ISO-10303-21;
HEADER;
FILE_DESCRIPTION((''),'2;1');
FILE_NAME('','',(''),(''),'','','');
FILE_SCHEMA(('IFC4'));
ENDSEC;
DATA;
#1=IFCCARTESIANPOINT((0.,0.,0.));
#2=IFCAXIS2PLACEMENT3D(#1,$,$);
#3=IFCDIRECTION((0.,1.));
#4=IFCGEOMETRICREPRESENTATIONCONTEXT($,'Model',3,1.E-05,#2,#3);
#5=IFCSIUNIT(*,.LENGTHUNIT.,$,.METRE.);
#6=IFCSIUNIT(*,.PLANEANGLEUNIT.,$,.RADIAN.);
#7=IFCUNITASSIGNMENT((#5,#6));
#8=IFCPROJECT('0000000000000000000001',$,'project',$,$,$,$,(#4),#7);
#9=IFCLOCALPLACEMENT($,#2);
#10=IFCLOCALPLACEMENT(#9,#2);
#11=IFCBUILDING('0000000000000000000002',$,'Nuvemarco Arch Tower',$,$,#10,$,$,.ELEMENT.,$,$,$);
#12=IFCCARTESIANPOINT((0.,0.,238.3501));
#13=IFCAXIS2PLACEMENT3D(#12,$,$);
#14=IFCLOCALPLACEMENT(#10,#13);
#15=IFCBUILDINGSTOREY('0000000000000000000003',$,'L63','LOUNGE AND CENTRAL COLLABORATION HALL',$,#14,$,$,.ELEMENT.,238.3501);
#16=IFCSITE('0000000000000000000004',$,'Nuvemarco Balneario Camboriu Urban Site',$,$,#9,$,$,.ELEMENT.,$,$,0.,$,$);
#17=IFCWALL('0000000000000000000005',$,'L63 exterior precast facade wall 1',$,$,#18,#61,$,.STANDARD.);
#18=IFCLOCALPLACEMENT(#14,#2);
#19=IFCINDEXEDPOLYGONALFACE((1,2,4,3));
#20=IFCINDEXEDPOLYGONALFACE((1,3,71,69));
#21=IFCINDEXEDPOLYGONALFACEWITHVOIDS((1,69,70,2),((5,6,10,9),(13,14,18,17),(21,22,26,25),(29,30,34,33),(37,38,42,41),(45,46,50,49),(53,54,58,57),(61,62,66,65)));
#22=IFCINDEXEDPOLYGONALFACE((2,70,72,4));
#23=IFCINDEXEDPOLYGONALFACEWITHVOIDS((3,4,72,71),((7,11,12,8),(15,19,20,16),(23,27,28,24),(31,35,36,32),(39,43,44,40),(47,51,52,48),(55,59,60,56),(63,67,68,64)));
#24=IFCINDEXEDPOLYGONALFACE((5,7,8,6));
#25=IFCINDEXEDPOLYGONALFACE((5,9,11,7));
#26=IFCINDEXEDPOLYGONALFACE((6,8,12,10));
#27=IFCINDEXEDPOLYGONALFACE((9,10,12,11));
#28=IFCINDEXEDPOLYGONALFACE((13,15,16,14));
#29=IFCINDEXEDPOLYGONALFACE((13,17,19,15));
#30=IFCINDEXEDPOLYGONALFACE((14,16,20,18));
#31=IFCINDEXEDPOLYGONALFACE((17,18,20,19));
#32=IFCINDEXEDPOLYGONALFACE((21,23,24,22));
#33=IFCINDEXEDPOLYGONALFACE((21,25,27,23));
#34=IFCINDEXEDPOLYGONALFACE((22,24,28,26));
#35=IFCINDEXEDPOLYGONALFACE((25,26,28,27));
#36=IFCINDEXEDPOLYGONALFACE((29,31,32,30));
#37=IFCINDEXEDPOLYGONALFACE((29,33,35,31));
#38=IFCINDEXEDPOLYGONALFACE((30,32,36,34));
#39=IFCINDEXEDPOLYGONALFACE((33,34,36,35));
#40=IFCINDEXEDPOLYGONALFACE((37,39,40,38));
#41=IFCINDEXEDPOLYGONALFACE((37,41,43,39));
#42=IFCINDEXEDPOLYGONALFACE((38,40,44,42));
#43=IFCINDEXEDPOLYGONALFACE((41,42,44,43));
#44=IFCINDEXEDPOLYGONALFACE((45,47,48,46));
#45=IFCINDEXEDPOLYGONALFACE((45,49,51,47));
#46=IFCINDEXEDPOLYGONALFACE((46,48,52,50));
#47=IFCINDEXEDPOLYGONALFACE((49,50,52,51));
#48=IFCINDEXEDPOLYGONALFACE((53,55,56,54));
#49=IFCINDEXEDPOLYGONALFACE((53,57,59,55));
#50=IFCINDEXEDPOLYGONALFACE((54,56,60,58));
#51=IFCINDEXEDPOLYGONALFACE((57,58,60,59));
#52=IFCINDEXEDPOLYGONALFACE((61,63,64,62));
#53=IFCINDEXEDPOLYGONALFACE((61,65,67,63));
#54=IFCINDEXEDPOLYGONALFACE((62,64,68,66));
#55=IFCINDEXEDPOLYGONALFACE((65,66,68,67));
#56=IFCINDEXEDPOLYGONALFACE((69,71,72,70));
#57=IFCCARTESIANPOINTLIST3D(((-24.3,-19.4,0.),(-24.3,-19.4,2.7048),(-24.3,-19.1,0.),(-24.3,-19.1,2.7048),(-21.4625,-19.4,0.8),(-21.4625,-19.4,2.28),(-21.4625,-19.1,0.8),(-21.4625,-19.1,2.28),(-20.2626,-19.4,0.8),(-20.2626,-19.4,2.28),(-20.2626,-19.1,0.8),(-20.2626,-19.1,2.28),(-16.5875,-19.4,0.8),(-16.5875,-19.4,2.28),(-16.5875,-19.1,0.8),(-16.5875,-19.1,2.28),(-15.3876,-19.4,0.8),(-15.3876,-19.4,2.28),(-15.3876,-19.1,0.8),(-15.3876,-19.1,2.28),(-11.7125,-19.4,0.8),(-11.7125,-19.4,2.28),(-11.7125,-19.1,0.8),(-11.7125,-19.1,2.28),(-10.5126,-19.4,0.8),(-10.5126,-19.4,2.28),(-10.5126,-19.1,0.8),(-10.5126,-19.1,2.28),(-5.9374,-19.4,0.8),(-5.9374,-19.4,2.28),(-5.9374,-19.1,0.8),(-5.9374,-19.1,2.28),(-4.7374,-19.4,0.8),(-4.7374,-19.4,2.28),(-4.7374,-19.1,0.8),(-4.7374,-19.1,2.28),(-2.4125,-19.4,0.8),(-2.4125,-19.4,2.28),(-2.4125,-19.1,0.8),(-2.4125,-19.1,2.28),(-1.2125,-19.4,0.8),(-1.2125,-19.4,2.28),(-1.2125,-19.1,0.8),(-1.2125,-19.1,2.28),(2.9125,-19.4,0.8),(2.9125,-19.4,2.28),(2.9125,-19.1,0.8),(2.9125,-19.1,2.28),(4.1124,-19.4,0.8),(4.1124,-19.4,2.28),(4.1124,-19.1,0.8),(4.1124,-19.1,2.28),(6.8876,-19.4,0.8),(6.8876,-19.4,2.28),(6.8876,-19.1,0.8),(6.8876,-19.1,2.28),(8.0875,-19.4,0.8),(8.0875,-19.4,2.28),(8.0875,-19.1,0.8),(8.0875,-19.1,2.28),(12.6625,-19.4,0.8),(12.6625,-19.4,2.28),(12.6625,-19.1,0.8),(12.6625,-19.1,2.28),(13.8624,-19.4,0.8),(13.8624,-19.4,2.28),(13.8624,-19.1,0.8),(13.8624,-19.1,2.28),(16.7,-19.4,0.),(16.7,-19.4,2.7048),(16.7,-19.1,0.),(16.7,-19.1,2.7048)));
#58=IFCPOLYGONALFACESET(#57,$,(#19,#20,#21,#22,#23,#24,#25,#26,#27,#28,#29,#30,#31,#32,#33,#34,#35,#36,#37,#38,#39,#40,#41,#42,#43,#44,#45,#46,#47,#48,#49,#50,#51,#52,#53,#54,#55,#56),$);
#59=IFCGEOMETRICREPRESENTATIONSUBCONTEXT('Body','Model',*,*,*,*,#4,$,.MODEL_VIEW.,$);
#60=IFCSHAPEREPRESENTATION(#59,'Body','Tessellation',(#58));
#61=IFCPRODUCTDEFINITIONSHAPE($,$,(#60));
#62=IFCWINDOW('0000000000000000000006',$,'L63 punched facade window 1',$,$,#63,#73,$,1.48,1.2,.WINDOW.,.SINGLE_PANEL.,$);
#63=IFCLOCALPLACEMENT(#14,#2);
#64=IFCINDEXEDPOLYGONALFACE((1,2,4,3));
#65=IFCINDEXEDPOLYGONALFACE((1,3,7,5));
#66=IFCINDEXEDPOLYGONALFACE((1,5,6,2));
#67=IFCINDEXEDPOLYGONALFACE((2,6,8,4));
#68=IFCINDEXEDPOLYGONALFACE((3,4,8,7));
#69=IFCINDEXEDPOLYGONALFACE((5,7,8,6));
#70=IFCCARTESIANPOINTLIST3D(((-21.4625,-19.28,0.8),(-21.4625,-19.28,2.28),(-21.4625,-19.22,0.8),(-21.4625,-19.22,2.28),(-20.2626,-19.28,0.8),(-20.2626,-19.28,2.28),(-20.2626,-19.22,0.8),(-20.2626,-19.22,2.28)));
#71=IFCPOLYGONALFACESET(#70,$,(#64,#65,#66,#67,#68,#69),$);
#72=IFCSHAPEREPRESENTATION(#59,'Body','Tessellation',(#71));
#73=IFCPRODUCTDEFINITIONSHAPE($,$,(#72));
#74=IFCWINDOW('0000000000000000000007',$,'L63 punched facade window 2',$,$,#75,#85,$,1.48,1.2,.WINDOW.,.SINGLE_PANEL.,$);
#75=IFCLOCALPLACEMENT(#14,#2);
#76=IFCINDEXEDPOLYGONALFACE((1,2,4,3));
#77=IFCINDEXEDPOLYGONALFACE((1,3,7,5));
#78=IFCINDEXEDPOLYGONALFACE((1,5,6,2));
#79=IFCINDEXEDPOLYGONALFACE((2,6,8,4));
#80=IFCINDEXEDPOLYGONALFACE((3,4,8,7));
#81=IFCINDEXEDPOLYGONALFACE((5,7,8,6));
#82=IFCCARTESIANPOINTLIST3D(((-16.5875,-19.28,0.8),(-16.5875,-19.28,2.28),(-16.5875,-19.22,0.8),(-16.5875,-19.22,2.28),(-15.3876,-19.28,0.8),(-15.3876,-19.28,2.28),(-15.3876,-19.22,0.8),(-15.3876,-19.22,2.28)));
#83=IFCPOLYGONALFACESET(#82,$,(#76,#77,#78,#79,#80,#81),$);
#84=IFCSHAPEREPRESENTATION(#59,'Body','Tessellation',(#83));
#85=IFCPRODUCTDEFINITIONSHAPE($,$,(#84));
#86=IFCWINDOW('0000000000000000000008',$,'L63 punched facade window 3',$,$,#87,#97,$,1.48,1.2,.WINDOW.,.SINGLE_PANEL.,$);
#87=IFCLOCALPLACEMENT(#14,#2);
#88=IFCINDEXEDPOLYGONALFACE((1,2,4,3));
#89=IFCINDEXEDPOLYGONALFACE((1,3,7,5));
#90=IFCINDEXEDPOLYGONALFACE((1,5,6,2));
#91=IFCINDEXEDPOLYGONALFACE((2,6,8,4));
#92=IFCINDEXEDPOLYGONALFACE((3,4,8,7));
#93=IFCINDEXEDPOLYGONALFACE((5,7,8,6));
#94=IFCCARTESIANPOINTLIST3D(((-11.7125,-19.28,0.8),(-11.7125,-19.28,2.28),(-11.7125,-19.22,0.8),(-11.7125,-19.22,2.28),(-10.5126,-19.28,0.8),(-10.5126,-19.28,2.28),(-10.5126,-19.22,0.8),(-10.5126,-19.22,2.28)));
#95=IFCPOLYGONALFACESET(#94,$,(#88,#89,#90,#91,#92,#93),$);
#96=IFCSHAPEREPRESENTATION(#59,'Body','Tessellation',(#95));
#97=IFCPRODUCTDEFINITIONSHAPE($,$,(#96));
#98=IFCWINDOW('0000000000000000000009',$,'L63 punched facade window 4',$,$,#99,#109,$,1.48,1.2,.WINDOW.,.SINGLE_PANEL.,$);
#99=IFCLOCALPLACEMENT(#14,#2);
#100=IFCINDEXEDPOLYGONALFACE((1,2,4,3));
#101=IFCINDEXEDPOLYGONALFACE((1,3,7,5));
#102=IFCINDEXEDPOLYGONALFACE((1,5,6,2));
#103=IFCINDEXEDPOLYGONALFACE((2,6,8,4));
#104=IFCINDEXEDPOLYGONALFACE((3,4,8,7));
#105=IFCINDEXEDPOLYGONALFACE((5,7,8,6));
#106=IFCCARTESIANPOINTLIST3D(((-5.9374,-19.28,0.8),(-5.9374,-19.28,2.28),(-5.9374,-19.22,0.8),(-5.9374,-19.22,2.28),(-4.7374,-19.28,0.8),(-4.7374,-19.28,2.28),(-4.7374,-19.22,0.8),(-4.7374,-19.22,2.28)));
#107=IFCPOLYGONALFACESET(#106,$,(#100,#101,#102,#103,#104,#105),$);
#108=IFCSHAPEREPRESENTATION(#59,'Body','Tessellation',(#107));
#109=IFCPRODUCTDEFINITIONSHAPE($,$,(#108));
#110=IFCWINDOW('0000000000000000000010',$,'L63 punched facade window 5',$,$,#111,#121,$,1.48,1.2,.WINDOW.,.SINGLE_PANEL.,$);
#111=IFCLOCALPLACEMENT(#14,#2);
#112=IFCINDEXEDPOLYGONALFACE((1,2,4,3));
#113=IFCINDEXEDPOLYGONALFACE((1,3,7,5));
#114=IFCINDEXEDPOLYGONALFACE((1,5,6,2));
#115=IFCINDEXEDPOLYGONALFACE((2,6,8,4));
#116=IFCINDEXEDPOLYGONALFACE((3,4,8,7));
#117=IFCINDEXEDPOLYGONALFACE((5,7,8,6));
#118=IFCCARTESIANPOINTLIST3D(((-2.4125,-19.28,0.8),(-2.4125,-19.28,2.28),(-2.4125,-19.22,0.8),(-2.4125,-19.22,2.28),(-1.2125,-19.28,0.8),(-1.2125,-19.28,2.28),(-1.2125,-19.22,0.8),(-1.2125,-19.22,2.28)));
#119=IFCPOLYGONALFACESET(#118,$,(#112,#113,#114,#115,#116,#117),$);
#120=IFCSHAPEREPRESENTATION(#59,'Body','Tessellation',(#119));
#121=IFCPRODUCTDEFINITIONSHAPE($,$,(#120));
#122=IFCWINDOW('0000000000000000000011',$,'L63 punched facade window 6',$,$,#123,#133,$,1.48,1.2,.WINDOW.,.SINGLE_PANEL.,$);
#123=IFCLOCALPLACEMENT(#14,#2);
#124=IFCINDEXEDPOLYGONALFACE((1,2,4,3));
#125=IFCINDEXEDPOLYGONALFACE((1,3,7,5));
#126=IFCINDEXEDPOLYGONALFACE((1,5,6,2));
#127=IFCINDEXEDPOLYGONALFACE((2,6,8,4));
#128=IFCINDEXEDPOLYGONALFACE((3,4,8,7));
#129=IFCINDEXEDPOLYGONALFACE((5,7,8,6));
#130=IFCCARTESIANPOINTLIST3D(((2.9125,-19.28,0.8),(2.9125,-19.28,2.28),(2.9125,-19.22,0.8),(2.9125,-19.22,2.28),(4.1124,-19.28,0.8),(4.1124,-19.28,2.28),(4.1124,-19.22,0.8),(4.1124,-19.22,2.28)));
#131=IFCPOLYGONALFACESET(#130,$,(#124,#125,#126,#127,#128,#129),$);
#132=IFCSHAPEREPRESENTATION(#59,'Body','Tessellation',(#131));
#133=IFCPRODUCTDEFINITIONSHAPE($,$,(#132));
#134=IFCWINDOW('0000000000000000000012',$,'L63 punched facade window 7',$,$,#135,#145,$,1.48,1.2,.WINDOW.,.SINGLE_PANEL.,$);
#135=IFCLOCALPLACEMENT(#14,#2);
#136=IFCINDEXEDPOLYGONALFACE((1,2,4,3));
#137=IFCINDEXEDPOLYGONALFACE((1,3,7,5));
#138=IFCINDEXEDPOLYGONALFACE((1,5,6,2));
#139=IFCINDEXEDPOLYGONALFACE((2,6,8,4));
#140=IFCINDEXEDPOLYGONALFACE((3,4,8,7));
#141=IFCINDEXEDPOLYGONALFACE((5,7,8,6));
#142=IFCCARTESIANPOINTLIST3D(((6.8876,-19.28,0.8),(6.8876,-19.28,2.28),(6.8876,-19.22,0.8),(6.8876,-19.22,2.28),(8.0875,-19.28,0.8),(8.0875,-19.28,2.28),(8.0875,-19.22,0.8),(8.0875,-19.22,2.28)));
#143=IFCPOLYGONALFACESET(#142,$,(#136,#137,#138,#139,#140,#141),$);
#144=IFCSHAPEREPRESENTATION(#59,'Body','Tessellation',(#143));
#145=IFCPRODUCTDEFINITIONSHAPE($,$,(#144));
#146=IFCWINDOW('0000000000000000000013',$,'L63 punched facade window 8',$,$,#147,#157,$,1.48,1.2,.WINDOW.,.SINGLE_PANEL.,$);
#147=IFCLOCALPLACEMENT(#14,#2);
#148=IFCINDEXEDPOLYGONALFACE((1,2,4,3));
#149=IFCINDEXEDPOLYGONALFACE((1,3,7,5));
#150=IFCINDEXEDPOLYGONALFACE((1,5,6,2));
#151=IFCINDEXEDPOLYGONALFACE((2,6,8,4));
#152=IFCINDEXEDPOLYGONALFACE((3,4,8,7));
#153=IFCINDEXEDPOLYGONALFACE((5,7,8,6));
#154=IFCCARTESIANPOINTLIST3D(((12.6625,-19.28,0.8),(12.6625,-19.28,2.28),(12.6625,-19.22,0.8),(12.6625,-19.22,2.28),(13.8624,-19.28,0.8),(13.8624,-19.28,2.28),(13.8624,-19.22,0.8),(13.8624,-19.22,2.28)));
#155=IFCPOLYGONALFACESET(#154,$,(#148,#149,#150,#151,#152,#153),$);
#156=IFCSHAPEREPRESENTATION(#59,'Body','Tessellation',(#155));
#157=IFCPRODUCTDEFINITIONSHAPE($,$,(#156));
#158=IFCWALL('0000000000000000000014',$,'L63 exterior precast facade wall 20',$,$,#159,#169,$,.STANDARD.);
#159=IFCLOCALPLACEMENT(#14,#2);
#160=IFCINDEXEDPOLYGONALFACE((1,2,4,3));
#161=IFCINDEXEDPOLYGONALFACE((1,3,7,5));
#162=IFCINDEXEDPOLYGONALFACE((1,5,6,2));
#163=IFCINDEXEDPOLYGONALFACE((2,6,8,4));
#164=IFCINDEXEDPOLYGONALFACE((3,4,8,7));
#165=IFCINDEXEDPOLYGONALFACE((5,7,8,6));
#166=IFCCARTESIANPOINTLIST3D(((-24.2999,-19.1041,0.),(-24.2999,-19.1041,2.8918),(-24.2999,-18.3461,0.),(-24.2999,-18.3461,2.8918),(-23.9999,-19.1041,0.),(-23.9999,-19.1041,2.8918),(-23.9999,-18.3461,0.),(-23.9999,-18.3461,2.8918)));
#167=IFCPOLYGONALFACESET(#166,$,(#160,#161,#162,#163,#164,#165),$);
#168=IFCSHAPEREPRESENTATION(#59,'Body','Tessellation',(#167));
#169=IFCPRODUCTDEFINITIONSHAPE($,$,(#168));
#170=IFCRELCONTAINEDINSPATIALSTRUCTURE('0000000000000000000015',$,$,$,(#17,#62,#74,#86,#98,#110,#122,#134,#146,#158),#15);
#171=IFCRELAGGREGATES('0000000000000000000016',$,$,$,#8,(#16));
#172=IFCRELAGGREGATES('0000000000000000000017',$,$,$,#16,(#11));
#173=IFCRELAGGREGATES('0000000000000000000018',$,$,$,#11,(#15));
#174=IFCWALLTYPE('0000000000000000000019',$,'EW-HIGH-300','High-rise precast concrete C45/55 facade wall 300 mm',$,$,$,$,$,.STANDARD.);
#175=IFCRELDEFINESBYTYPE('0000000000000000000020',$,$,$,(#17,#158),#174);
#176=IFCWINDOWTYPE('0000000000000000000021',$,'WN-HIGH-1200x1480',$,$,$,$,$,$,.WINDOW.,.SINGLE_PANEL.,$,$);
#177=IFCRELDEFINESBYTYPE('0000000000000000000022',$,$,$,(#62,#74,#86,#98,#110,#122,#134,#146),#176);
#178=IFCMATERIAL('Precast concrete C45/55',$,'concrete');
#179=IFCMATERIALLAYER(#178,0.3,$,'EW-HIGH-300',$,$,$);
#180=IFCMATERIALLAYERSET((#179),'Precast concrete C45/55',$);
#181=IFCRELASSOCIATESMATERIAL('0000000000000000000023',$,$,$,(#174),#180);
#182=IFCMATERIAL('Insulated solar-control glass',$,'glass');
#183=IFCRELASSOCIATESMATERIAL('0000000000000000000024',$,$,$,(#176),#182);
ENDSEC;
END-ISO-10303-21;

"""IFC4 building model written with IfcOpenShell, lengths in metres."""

from ifc_helpers import new_model, si_unit, direction, frame, frame_2d, origin, place, context, subcontext, project, spatial, rectangle, extrude, source, transform, mapped, material, layer, layer_set, type_object, type_shapes, element, fill, save


model = new_model("IFC4")

# Units and contexts
model_context = context("Model", 3, precision=1e-05, world=origin(), true_north=direction((0.0, 1.0)))
body_context = subcontext(model_context, "Body", "Model", "MODEL_VIEW")
ifc_project = project(units=[si_unit("LENGTHUNIT", "METRE"), si_unit("PLANEANGLEUNIT", "RADIAN")], contexts=[model_context])

# Site, building, storey
site_placement = place(None, origin())
site = spatial("IfcSite", under=ifc_project, at=site_placement, Name="Nuvemarco Balneario Camboriu Urban Site", CompositionType="ELEMENT", RefElevation=0.0)
building_placement = place(site_placement, origin())
building = spatial("IfcBuilding", under=site, at=building_placement, Name="Nuvemarco Arch Tower", CompositionType="ELEMENT")
storey_placement = place(building_placement, frame((0.0, 0.0, 238.3501)))
storey = spatial("IfcBuildingStorey", under=building, at=storey_placement, Name="L63", Description="LOUNGE AND CENTRAL COLLABORATION HALL", CompositionType="ELEMENT", Elevation=238.3501)

# Wall, openings, windows
ifc_material_1 = material(Name="Precast concrete C45/55", Category="concrete")
ifc_layer_1 = layer(ifc_material_1, 0.3, Name="EW-HIGH-300")
ifc_layer_set_1 = layer_set([ifc_layer_1], Name="Precast concrete C45/55")
wall_type_1 = type_object("IfcWallType", Name="EW-HIGH-300", Description="High-rise precast concrete C45/55 facade wall 300 mm", PredefinedType="STANDARD", material=ifc_layer_set_1)
wall_1_placement = place(storey_placement, frame((-24.3, -19.25, 0.0), z_axis=(0.0, 0.0, 1.0), x_axis=(1.0, 0.0, 0.0)))
wall_1 = element("IfcWall", 1, at=wall_1_placement, inside=storey, type_object=wall_type_1, Name="L63 exterior precast facade wall 1", PredefinedType="STANDARD", context=body_context, shape_type="SweptSolid", body=[
    extrude(rectangle(XDim=41.0, YDim=0.3, at=frame_2d((20.5, 0.0))), origin(), (0.0, 0.0, 1.0), 2.7048),
])
opening_1_placement = place(wall_1_placement, frame((2.8374, 0.0, 0.8)))
opening_1 = element("IfcOpeningElement", 2, at=opening_1_placement, cuts=wall_1, PredefinedType="OPENING", context=body_context, shape_type="SweptSolid", body=[
    extrude(rectangle(XDim=1.2, YDim=1.48, at=frame_2d((0.6001, 0.74))), frame((0.0, 0.1599, 0.0), z_axis=(0.0, -1.0, 0.0), x_axis=(1.0, 0.0, 0.0)), (0.0, 0.0, 1.0), 0.3201),
])
opening_2_placement = place(wall_1_placement, frame((7.7124, 0.0, 0.8)))
opening_2 = element("IfcOpeningElement", 3, at=opening_2_placement, cuts=wall_1, PredefinedType="OPENING", context=body_context, shape_type="SweptSolid", body=[
    extrude(rectangle(XDim=1.2, YDim=1.48, at=frame_2d((0.6001, 0.74))), frame((0.0, 0.1599, 0.0), z_axis=(0.0, -1.0, 0.0), x_axis=(1.0, 0.0, 0.0)), (0.0, 0.0, 1.0), 0.3201),
])
opening_3_placement = place(wall_1_placement, frame((12.5874, 0.0, 0.8)))
opening_3 = element("IfcOpeningElement", 4, at=opening_3_placement, cuts=wall_1, PredefinedType="OPENING", context=body_context, shape_type="SweptSolid", body=[
    extrude(rectangle(XDim=1.2, YDim=1.48, at=frame_2d((0.6001, 0.74))), frame((0.0, 0.1599, 0.0), z_axis=(0.0, -1.0, 0.0), x_axis=(1.0, 0.0, 0.0)), (0.0, 0.0, 1.0), 0.3201),
])
opening_4_placement = place(wall_1_placement, frame((18.3625, 0.0, 0.8)))
opening_4 = element("IfcOpeningElement", 5, at=opening_4_placement, cuts=wall_1, PredefinedType="OPENING", context=body_context, shape_type="SweptSolid", body=[
    extrude(rectangle(XDim=1.2, YDim=1.48, at=frame_2d((0.6001, 0.74))), frame((0.0, 0.1599, 0.0), z_axis=(0.0, -1.0, 0.0), x_axis=(1.0, 0.0, 0.0)), (0.0, 0.0, 1.0), 0.3201),
])
opening_5_placement = place(wall_1_placement, frame((21.8875, 0.0, 0.8)))
opening_5 = element("IfcOpeningElement", 6, at=opening_5_placement, cuts=wall_1, PredefinedType="OPENING", context=body_context, shape_type="SweptSolid", body=[
    extrude(rectangle(XDim=1.2, YDim=1.48, at=frame_2d((0.6001, 0.74))), frame((0.0, 0.1599, 0.0), z_axis=(0.0, -1.0, 0.0), x_axis=(1.0, 0.0, 0.0)), (0.0, 0.0, 1.0), 0.3201),
])
opening_6_placement = place(wall_1_placement, frame((27.2124, 0.0, 0.8)))
opening_6 = element("IfcOpeningElement", 7, at=opening_6_placement, cuts=wall_1, PredefinedType="OPENING", context=body_context, shape_type="SweptSolid", body=[
    extrude(rectangle(XDim=1.2, YDim=1.48, at=frame_2d((0.6001, 0.74))), frame((0.0, 0.1599, 0.0), z_axis=(0.0, -1.0, 0.0), x_axis=(1.0, 0.0, 0.0)), (0.0, 0.0, 1.0), 0.3201),
])
opening_7_placement = place(wall_1_placement, frame((31.1875, 0.0, 0.8)))
opening_7 = element("IfcOpeningElement", 8, at=opening_7_placement, cuts=wall_1, PredefinedType="OPENING", context=body_context, shape_type="SweptSolid", body=[
    extrude(rectangle(XDim=1.2, YDim=1.48, at=frame_2d((0.6001, 0.74))), frame((0.0, 0.1599, 0.0), z_axis=(0.0, -1.0, 0.0), x_axis=(1.0, 0.0, 0.0)), (0.0, 0.0, 1.0), 0.3201),
])
opening_8_placement = place(wall_1_placement, frame((36.9624, 0.0, 0.8)))
opening_8 = element("IfcOpeningElement", 9, at=opening_8_placement, cuts=wall_1, PredefinedType="OPENING", context=body_context, shape_type="SweptSolid", body=[
    extrude(rectangle(XDim=1.2, YDim=1.48, at=frame_2d((0.6001, 0.74))), frame((0.0, 0.1599, 0.0), z_axis=(0.0, -1.0, 0.0), x_axis=(1.0, 0.0, 0.0)), (0.0, 0.0, 1.0), 0.3201),
])
ifc_material_2 = material(Name="Insulated solar-control glass", Category="glass")
window_type = type_object("IfcWindowType", Name="WN-HIGH-1200x1480", PartitioningType="SINGLE_PANEL", PredefinedType="WINDOW", material=ifc_material_2)
shared_shape_1 = source(origin(), body_context, "Body", "SweptSolid", [
    extrude(rectangle(XDim=1.2, YDim=1.48, at=frame_2d((0.6001, 0.74))), frame((0.0, 0.03, 0.0), z_axis=(0.0, -1.0, 0.0), x_axis=(1.0, 0.0, 0.0)), (0.0, 0.0, 1.0), 0.0601),
])
type_shapes(window_type, [shared_shape_1])
window_1_placement = place(opening_1_placement, origin())
window_1 = element("IfcWindow", 10, at=window_1_placement, inside=storey, type_object=window_type, Name="L63 punched facade window 1", OverallHeight=1.48, OverallWidth=1.2, PartitioningType="SINGLE_PANEL", PredefinedType="WINDOW", context=body_context, shape_type="MappedRepresentation", body=[
    mapped(shared_shape_1, transform((0.0, 0.0, 0.0), scale=1.0)),
])
fill(opening_1, window_1)
window_2_placement = place(opening_2_placement, origin())
window_2 = element("IfcWindow", 11, at=window_2_placement, inside=storey, type_object=window_type, Name="L63 punched facade window 2", OverallHeight=1.48, OverallWidth=1.2, PartitioningType="SINGLE_PANEL", PredefinedType="WINDOW", context=body_context, shape_type="MappedRepresentation", body=[
    mapped(shared_shape_1, transform((0.0, 0.0, 0.0), scale=1.0)),
])
fill(opening_2, window_2)
window_3_placement = place(opening_3_placement, origin())
window_3 = element("IfcWindow", 12, at=window_3_placement, inside=storey, type_object=window_type, Name="L63 punched facade window 3", OverallHeight=1.48, OverallWidth=1.2, PartitioningType="SINGLE_PANEL", PredefinedType="WINDOW", context=body_context, shape_type="MappedRepresentation", body=[
    mapped(shared_shape_1, transform((0.0, 0.0, 0.0), scale=1.0)),
])
fill(opening_3, window_3)
window_4_placement = place(opening_4_placement, origin())
window_4 = element("IfcWindow", 13, at=window_4_placement, inside=storey, type_object=window_type, Name="L63 punched facade window 4", OverallHeight=1.48, OverallWidth=1.2, PartitioningType="SINGLE_PANEL", PredefinedType="WINDOW", context=body_context, shape_type="MappedRepresentation", body=[
    mapped(shared_shape_1, transform((0.0, 0.0, 0.0), scale=1.0)),
])
fill(opening_4, window_4)
window_5_placement = place(opening_5_placement, origin())
window_5 = element("IfcWindow", 14, at=window_5_placement, inside=storey, type_object=window_type, Name="L63 punched facade window 5", OverallHeight=1.48, OverallWidth=1.2, PartitioningType="SINGLE_PANEL", PredefinedType="WINDOW", context=body_context, shape_type="MappedRepresentation", body=[
    mapped(shared_shape_1, transform((0.0, 0.0, 0.0), scale=1.0)),
])
fill(opening_5, window_5)
window_6_placement = place(opening_6_placement, origin())
window_6 = element("IfcWindow", 15, at=window_6_placement, inside=storey, type_object=window_type, Name="L63 punched facade window 6", OverallHeight=1.48, OverallWidth=1.2, PartitioningType="SINGLE_PANEL", PredefinedType="WINDOW", context=body_context, shape_type="MappedRepresentation", body=[
    mapped(shared_shape_1, transform((0.0, 0.0, 0.0), scale=1.0)),
])
fill(opening_6, window_6)
window_7_placement = place(opening_7_placement, origin())
window_7 = element("IfcWindow", 16, at=window_7_placement, inside=storey, type_object=window_type, Name="L63 punched facade window 7", OverallHeight=1.48, OverallWidth=1.2, PartitioningType="SINGLE_PANEL", PredefinedType="WINDOW", context=body_context, shape_type="MappedRepresentation", body=[
    mapped(shared_shape_1, transform((0.0, 0.0, 0.0), scale=1.0)),
])
fill(opening_7, window_7)
window_8_placement = place(opening_8_placement, origin())
window_8 = element("IfcWindow", 17, at=window_8_placement, inside=storey, type_object=window_type, Name="L63 punched facade window 8", OverallHeight=1.48, OverallWidth=1.2, PartitioningType="SINGLE_PANEL", PredefinedType="WINDOW", context=body_context, shape_type="MappedRepresentation", body=[
    mapped(shared_shape_1, transform((0.0, 0.0, 0.0), scale=1.0)),
])
fill(opening_8, window_8)

# Wall
wall_2_placement = place(storey_placement, frame((-24.1499, -19.104, 0.0), z_axis=(0.0, 0.0, 1.0), x_axis=(0.0, 1.0, 0.0)))
element("IfcWall", 18, at=wall_2_placement, inside=storey, type_object=wall_type_1, Name="L63 exterior precast facade wall 20", PredefinedType="STANDARD", context=body_context, shape_type="SweptSolid", body=[
    extrude(rectangle(XDim=0.7581, YDim=0.3, at=frame_2d((0.3789, 0.0))), origin(), (0.0, 0.0, 1.0), 2.8918),
])

save(model, "model.ifc")
